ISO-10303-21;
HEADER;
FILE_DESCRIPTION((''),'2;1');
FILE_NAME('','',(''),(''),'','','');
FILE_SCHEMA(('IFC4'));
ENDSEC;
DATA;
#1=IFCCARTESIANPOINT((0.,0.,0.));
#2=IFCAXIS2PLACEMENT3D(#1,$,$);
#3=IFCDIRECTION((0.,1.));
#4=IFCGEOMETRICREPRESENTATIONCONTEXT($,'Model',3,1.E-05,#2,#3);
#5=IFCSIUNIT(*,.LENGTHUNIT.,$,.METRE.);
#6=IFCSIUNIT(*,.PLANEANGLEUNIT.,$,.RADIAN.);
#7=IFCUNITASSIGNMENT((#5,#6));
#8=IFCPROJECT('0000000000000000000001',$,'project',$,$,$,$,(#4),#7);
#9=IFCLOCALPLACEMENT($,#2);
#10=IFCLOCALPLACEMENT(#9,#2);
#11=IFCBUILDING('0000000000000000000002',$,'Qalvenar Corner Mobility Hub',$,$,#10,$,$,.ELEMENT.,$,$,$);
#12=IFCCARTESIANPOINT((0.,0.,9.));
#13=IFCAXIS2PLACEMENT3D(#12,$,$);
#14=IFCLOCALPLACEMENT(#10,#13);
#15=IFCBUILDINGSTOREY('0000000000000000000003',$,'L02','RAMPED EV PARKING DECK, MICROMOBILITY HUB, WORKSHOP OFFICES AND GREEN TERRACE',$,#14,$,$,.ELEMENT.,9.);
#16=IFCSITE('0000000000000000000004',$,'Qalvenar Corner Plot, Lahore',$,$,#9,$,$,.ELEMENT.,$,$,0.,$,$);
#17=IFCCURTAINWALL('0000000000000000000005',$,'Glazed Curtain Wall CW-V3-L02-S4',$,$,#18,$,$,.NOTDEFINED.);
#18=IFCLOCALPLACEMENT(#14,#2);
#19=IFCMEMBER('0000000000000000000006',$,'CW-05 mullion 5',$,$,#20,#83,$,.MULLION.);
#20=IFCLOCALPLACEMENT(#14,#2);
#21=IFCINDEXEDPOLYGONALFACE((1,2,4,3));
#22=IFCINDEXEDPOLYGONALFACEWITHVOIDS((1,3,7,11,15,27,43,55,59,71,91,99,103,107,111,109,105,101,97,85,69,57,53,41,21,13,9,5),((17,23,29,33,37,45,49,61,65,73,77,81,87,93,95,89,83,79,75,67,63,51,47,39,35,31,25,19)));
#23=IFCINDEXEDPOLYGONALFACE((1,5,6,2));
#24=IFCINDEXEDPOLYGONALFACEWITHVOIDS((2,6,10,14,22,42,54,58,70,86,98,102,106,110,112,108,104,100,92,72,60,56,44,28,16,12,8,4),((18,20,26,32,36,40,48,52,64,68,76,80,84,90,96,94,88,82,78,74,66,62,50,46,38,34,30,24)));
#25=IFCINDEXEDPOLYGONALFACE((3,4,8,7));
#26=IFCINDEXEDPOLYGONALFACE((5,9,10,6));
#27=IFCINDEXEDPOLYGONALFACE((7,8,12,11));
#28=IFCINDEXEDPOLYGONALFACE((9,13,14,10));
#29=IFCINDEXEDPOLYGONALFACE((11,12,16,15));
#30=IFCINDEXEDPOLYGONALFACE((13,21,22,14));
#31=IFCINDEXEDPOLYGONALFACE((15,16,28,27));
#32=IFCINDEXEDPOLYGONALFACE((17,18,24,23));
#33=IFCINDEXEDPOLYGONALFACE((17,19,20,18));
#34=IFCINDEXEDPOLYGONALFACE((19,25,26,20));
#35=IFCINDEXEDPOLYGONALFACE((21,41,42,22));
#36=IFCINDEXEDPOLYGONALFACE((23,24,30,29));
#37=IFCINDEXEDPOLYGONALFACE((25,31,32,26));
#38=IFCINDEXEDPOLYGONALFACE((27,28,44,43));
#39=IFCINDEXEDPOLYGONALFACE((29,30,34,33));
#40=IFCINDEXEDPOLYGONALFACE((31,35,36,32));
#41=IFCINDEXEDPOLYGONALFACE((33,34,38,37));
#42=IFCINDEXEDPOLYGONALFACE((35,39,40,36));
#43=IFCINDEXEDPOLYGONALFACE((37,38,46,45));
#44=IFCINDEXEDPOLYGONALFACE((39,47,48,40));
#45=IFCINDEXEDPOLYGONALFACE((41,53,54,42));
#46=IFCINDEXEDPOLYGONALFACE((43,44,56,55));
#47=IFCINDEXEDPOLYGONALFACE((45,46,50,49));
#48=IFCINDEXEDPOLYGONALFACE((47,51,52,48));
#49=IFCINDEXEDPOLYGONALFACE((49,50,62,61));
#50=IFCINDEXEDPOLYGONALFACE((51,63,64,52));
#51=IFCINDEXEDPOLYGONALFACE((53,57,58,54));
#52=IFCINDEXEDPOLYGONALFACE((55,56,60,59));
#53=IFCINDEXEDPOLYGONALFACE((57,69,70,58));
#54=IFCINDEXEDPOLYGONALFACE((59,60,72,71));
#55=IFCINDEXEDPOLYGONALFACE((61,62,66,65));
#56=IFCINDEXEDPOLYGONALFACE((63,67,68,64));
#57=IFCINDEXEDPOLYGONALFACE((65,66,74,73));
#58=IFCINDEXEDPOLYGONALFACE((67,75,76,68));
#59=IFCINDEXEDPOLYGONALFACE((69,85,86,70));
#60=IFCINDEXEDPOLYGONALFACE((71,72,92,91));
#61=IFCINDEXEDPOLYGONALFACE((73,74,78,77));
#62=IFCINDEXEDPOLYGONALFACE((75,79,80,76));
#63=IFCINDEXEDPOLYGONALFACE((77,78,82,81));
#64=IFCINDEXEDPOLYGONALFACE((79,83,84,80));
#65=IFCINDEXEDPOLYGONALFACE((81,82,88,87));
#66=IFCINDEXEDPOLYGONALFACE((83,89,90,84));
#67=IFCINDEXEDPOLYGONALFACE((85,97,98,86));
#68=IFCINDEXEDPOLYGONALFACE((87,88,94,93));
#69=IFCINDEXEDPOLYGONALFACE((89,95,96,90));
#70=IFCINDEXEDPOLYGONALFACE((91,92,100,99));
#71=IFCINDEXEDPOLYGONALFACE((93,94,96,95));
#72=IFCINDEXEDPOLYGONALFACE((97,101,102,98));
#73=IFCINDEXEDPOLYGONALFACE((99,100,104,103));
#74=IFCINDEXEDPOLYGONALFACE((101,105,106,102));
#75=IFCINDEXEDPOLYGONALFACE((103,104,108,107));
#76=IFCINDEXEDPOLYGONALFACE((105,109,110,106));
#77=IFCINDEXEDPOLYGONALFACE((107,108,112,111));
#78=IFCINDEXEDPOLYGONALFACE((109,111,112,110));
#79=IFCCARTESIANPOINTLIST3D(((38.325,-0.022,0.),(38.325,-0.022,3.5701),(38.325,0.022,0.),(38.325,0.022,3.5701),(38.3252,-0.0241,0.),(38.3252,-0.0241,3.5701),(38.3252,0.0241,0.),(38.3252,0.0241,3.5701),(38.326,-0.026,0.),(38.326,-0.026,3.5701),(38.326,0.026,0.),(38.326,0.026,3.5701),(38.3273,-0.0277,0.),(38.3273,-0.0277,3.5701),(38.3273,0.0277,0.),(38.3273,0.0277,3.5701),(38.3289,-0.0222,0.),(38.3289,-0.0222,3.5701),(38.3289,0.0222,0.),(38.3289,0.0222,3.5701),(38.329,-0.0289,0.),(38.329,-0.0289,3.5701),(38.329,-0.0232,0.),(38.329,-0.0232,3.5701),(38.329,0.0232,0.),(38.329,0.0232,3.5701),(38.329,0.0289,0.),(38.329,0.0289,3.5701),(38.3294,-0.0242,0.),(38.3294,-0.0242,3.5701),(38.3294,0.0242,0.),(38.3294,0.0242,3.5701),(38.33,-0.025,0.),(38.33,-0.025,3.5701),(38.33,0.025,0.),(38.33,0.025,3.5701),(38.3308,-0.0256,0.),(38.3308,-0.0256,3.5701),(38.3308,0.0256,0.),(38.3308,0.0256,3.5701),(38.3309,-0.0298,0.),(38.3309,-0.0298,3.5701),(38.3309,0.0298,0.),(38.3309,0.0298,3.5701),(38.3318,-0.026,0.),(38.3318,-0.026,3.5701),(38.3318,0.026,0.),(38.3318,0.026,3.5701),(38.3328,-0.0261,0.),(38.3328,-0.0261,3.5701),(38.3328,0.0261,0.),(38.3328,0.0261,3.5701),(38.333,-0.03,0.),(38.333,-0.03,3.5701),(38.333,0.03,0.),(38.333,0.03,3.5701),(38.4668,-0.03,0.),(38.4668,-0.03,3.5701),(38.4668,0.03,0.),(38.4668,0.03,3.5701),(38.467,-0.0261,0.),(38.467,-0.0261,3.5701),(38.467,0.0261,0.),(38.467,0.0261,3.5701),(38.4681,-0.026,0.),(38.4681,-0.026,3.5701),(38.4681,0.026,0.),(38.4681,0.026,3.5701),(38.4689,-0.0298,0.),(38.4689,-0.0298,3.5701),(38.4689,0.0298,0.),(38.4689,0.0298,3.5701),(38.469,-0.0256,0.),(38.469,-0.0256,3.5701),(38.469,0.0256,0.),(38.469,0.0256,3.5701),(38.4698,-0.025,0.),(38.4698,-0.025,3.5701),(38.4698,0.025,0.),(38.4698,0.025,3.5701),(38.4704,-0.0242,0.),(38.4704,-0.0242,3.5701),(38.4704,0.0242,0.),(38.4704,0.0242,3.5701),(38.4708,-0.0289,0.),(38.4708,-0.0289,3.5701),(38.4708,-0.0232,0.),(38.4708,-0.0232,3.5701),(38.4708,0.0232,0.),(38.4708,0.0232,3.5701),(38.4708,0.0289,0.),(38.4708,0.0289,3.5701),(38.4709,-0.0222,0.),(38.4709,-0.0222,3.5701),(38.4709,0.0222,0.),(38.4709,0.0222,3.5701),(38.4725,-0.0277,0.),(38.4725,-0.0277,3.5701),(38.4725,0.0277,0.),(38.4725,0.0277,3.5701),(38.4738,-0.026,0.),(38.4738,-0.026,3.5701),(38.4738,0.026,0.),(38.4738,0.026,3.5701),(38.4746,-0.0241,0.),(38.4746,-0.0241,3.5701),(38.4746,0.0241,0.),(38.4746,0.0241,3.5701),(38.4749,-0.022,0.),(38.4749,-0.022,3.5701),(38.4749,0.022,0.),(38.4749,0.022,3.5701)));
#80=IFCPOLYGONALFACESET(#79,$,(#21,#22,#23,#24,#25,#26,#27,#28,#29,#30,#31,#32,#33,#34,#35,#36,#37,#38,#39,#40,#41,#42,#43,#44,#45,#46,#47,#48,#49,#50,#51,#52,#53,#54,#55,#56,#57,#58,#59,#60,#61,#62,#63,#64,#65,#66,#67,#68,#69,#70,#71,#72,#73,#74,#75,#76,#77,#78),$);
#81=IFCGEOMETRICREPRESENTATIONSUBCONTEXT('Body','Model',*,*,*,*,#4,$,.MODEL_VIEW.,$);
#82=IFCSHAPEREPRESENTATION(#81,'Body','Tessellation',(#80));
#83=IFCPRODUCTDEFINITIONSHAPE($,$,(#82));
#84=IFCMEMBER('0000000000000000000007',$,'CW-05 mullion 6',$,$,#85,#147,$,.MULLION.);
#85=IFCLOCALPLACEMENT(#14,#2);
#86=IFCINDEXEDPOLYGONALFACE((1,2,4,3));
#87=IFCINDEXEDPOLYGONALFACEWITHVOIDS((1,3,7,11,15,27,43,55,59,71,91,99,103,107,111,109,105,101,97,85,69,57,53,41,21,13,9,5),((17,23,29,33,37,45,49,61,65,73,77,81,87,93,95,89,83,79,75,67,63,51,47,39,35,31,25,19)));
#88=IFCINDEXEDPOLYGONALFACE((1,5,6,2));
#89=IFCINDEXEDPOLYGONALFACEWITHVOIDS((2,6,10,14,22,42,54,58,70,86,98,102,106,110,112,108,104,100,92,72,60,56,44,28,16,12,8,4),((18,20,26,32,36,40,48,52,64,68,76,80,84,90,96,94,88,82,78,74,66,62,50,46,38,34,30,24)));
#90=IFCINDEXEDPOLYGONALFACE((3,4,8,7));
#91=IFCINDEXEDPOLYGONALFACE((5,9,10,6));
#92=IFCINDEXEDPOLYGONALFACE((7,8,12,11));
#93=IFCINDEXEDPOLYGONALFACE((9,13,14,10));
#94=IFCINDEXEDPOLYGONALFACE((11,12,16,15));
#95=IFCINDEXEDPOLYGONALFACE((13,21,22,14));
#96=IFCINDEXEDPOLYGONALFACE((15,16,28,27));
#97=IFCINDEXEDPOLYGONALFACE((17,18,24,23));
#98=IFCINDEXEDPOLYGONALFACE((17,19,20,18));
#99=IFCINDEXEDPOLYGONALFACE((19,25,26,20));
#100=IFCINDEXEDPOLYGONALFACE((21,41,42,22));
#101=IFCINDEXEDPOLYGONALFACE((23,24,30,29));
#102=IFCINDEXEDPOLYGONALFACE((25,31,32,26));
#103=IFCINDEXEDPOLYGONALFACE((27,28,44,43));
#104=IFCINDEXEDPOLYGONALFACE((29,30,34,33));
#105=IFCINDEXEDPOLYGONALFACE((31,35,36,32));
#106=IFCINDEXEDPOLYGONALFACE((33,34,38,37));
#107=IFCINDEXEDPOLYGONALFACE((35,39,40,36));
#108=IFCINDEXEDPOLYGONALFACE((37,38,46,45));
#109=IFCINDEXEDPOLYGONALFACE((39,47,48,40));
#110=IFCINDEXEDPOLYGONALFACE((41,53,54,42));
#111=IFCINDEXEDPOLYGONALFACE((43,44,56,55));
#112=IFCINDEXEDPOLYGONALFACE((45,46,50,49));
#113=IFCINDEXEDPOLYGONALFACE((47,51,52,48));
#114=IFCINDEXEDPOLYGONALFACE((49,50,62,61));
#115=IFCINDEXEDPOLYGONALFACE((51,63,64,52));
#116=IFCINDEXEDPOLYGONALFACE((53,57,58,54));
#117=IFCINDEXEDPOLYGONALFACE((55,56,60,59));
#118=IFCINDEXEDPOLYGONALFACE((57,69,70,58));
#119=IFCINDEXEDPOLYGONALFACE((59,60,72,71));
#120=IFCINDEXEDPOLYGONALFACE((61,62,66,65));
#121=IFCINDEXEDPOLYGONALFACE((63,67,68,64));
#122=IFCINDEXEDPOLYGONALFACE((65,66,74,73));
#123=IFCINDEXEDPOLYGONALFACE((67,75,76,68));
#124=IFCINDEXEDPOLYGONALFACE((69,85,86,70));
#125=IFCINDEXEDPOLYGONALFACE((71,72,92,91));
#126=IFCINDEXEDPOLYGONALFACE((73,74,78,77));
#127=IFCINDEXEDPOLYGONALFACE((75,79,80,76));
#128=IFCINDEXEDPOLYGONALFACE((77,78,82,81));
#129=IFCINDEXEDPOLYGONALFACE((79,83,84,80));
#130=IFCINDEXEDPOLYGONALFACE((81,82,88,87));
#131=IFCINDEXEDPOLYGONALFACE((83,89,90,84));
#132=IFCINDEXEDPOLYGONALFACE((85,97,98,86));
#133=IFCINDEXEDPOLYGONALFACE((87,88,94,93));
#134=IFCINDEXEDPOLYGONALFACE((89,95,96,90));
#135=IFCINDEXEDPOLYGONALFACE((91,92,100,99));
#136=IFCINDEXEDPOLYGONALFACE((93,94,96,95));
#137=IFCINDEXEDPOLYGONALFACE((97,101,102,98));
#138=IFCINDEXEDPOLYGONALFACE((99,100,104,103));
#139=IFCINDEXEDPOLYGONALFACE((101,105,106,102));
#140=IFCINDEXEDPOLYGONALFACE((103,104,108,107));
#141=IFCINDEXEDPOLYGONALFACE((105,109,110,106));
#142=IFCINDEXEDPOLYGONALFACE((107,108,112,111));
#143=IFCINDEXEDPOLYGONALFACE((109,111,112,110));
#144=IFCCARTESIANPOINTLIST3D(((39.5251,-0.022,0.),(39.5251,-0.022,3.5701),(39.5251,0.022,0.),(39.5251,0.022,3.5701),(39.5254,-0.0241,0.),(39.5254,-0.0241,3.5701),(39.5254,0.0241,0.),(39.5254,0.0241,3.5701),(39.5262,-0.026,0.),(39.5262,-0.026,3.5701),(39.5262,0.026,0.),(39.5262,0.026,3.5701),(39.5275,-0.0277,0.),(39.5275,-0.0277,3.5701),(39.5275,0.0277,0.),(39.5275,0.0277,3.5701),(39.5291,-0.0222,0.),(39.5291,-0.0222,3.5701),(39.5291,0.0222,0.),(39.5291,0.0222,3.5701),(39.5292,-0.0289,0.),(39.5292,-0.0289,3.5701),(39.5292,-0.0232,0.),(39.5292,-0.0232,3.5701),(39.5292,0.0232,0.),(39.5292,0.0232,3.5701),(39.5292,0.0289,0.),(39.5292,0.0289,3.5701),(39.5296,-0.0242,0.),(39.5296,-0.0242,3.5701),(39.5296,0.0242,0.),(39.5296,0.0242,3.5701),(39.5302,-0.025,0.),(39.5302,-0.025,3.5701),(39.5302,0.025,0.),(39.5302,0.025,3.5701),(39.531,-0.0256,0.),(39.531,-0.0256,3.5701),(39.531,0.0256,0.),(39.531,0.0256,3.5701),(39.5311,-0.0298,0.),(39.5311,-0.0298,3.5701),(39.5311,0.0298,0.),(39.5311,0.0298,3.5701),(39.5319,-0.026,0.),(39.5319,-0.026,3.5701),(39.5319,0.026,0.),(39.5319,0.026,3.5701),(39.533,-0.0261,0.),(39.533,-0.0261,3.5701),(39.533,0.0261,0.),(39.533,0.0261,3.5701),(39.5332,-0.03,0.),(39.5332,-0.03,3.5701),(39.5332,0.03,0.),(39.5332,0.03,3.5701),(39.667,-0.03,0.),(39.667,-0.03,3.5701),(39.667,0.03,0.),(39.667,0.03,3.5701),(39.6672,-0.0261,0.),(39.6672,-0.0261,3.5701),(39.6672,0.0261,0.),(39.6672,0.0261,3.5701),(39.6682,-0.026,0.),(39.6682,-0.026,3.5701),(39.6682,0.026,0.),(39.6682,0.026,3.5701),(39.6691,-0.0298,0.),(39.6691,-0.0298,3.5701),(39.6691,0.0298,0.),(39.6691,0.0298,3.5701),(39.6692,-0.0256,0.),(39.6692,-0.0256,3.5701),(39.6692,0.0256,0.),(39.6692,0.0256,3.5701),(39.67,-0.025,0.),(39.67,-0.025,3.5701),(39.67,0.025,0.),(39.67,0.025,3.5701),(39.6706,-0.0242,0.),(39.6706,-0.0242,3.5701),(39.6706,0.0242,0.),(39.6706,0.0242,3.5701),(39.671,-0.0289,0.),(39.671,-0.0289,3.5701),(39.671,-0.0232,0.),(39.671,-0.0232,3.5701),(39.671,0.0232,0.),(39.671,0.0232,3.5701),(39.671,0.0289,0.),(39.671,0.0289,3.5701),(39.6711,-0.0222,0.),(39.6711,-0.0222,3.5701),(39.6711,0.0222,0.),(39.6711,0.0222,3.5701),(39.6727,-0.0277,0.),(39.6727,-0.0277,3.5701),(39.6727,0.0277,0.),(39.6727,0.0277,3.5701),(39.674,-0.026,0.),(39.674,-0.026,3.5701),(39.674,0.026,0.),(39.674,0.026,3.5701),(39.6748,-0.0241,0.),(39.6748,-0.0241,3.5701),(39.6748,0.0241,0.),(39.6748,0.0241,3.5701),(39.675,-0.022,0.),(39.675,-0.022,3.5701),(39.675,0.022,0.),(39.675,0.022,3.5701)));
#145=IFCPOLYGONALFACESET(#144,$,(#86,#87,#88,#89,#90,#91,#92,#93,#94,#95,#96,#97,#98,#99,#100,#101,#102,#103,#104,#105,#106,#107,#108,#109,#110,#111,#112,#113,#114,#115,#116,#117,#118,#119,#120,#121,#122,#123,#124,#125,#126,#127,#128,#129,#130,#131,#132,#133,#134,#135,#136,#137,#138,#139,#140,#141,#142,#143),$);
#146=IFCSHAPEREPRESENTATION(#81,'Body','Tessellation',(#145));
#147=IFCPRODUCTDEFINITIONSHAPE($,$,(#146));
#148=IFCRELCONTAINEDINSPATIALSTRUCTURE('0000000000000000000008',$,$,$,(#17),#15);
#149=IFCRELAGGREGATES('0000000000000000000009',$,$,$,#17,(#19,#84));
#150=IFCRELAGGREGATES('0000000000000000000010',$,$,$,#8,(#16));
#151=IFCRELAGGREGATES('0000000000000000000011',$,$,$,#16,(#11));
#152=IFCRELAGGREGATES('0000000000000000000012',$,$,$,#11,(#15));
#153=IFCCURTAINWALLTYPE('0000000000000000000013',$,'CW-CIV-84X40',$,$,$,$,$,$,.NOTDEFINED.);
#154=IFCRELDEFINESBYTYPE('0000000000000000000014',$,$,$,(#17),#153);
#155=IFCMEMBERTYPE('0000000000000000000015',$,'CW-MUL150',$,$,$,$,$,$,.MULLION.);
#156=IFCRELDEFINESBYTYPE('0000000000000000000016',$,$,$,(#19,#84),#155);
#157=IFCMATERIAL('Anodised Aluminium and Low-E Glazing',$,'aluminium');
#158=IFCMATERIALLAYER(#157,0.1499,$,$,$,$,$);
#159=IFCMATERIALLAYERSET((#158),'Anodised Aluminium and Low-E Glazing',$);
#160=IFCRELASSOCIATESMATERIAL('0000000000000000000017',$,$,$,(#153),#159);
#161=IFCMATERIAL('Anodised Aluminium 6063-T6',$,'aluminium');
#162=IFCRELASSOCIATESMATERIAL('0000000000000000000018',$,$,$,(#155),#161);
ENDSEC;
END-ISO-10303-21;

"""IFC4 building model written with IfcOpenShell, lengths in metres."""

from ifc_helpers import new_model, si_unit, direction, frame, origin, origin_2d, place, context, subcontext, project, spatial, hollow_rectangle, extrude, material, layer, layer_set, material_profile, profile_set, type_object, element, aggregate, save


model = new_model("IFC4")

# Units and contexts
model_context = context("Model", 3, precision=1e-05, world=origin(), true_north=direction((0.0, 1.0)))
body_context = subcontext(model_context, "Body", "Model", "MODEL_VIEW")
ifc_project = project(units=[si_unit("LENGTHUNIT", "METRE"), si_unit("PLANEANGLEUNIT", "RADIAN")], contexts=[model_context])

# Site, building, storey
site_placement = place(None, origin())
site = spatial("IfcSite", under=ifc_project, at=site_placement, Name="Qalvenar Corner Plot, Lahore", CompositionType="ELEMENT", RefElevation=0.0)
building_placement = place(site_placement, origin())
building = spatial("IfcBuilding", under=site, at=building_placement, Name="Qalvenar Corner Mobility Hub", CompositionType="ELEMENT")
storey_placement = place(building_placement, frame((0.0, 0.0, 9.0)))
storey = spatial("IfcBuildingStorey", under=building, at=storey_placement, Name="L02", Description="RAMPED EV PARKING DECK, MICROMOBILITY HUB, WORKSHOP OFFICES AND GREEN TERRACE", CompositionType="ELEMENT", Elevation=9.0)

# Curtain wall, members
ifc_material_1 = material(Name="Anodised Aluminium and Low-E Glazing", Category="aluminium")
ifc_layer_1 = layer(ifc_material_1, 0.1499)
ifc_layer_set_1 = layer_set([ifc_layer_1], Name="Anodised Aluminium and Low-E Glazing")
curtain_wall_type = type_object("IfcCurtainWallType", Name="CW-CIV-84X40", PredefinedType="NOTDEFINED", material=ifc_layer_set_1)
curtain_wall_placement = place(storey_placement, origin())
curtain_wall = element("IfcCurtainWall", 1, at=curtain_wall_placement, inside=storey, type_object=curtain_wall_type, Name="Glazed Curtain Wall CW-V3-L02-S4", PredefinedType="NOTDEFINED")
ifc_material_2 = material(Name="Anodised Aluminium 6063-T6", Category="aluminium")
ifc_material_profile_1 = material_profile(ifc_material_2, hollow_rectangle(XDim=0.0601, YDim=0.1499, WallThickness=0.0039, InnerFilletRadius=0.0039, OuterFilletRadius=0.0081, at=origin_2d()), Name="RHS150x60x4")
ifc_profile_set_1 = profile_set([ifc_material_profile_1], Name="Anodised Aluminium 6063-T6")
member_type_1 = type_object("IfcMemberType", Name="CW-MUL150", PredefinedType="MULLION", material=ifc_profile_set_1)
member_1_placement = place(storey_placement, frame((38.3999, 0.0, 0.0), z_axis=(0.0, 0.0, 1.0), x_axis=(0.0, 1.0, 0.0)))
member_1 = element("IfcMember", 2, at=member_1_placement, type_object=member_type_1, Name="CW-05 mullion 5", PredefinedType="MULLION", context=body_context, shape_type="SweptSolid", body=[
    extrude(hollow_rectangle(XDim=0.0601, YDim=0.1499, WallThickness=0.0039, InnerFilletRadius=0.0039, OuterFilletRadius=0.0081, at=origin_2d()), origin(), (0.0, 0.0, 1.0), 3.5701),
])
member_2_placement = place(storey_placement, frame((39.6001, 0.0, 0.0), z_axis=(0.0, 0.0, 1.0), x_axis=(0.0, 1.0, 0.0)))
member_2 = element("IfcMember", 3, at=member_2_placement, type_object=member_type_1, Name="CW-05 mullion 6", PredefinedType="MULLION", context=body_context, shape_type="SweptSolid", body=[
    extrude(hollow_rectangle(XDim=0.0601, YDim=0.1499, WallThickness=0.0039, InnerFilletRadius=0.0039, OuterFilletRadius=0.0081, at=origin_2d()), origin(), (0.0, 0.0, 1.0), 3.5701),
])
aggregate(curtain_wall, [member_1, member_2])

save(model, "model.ifc")
